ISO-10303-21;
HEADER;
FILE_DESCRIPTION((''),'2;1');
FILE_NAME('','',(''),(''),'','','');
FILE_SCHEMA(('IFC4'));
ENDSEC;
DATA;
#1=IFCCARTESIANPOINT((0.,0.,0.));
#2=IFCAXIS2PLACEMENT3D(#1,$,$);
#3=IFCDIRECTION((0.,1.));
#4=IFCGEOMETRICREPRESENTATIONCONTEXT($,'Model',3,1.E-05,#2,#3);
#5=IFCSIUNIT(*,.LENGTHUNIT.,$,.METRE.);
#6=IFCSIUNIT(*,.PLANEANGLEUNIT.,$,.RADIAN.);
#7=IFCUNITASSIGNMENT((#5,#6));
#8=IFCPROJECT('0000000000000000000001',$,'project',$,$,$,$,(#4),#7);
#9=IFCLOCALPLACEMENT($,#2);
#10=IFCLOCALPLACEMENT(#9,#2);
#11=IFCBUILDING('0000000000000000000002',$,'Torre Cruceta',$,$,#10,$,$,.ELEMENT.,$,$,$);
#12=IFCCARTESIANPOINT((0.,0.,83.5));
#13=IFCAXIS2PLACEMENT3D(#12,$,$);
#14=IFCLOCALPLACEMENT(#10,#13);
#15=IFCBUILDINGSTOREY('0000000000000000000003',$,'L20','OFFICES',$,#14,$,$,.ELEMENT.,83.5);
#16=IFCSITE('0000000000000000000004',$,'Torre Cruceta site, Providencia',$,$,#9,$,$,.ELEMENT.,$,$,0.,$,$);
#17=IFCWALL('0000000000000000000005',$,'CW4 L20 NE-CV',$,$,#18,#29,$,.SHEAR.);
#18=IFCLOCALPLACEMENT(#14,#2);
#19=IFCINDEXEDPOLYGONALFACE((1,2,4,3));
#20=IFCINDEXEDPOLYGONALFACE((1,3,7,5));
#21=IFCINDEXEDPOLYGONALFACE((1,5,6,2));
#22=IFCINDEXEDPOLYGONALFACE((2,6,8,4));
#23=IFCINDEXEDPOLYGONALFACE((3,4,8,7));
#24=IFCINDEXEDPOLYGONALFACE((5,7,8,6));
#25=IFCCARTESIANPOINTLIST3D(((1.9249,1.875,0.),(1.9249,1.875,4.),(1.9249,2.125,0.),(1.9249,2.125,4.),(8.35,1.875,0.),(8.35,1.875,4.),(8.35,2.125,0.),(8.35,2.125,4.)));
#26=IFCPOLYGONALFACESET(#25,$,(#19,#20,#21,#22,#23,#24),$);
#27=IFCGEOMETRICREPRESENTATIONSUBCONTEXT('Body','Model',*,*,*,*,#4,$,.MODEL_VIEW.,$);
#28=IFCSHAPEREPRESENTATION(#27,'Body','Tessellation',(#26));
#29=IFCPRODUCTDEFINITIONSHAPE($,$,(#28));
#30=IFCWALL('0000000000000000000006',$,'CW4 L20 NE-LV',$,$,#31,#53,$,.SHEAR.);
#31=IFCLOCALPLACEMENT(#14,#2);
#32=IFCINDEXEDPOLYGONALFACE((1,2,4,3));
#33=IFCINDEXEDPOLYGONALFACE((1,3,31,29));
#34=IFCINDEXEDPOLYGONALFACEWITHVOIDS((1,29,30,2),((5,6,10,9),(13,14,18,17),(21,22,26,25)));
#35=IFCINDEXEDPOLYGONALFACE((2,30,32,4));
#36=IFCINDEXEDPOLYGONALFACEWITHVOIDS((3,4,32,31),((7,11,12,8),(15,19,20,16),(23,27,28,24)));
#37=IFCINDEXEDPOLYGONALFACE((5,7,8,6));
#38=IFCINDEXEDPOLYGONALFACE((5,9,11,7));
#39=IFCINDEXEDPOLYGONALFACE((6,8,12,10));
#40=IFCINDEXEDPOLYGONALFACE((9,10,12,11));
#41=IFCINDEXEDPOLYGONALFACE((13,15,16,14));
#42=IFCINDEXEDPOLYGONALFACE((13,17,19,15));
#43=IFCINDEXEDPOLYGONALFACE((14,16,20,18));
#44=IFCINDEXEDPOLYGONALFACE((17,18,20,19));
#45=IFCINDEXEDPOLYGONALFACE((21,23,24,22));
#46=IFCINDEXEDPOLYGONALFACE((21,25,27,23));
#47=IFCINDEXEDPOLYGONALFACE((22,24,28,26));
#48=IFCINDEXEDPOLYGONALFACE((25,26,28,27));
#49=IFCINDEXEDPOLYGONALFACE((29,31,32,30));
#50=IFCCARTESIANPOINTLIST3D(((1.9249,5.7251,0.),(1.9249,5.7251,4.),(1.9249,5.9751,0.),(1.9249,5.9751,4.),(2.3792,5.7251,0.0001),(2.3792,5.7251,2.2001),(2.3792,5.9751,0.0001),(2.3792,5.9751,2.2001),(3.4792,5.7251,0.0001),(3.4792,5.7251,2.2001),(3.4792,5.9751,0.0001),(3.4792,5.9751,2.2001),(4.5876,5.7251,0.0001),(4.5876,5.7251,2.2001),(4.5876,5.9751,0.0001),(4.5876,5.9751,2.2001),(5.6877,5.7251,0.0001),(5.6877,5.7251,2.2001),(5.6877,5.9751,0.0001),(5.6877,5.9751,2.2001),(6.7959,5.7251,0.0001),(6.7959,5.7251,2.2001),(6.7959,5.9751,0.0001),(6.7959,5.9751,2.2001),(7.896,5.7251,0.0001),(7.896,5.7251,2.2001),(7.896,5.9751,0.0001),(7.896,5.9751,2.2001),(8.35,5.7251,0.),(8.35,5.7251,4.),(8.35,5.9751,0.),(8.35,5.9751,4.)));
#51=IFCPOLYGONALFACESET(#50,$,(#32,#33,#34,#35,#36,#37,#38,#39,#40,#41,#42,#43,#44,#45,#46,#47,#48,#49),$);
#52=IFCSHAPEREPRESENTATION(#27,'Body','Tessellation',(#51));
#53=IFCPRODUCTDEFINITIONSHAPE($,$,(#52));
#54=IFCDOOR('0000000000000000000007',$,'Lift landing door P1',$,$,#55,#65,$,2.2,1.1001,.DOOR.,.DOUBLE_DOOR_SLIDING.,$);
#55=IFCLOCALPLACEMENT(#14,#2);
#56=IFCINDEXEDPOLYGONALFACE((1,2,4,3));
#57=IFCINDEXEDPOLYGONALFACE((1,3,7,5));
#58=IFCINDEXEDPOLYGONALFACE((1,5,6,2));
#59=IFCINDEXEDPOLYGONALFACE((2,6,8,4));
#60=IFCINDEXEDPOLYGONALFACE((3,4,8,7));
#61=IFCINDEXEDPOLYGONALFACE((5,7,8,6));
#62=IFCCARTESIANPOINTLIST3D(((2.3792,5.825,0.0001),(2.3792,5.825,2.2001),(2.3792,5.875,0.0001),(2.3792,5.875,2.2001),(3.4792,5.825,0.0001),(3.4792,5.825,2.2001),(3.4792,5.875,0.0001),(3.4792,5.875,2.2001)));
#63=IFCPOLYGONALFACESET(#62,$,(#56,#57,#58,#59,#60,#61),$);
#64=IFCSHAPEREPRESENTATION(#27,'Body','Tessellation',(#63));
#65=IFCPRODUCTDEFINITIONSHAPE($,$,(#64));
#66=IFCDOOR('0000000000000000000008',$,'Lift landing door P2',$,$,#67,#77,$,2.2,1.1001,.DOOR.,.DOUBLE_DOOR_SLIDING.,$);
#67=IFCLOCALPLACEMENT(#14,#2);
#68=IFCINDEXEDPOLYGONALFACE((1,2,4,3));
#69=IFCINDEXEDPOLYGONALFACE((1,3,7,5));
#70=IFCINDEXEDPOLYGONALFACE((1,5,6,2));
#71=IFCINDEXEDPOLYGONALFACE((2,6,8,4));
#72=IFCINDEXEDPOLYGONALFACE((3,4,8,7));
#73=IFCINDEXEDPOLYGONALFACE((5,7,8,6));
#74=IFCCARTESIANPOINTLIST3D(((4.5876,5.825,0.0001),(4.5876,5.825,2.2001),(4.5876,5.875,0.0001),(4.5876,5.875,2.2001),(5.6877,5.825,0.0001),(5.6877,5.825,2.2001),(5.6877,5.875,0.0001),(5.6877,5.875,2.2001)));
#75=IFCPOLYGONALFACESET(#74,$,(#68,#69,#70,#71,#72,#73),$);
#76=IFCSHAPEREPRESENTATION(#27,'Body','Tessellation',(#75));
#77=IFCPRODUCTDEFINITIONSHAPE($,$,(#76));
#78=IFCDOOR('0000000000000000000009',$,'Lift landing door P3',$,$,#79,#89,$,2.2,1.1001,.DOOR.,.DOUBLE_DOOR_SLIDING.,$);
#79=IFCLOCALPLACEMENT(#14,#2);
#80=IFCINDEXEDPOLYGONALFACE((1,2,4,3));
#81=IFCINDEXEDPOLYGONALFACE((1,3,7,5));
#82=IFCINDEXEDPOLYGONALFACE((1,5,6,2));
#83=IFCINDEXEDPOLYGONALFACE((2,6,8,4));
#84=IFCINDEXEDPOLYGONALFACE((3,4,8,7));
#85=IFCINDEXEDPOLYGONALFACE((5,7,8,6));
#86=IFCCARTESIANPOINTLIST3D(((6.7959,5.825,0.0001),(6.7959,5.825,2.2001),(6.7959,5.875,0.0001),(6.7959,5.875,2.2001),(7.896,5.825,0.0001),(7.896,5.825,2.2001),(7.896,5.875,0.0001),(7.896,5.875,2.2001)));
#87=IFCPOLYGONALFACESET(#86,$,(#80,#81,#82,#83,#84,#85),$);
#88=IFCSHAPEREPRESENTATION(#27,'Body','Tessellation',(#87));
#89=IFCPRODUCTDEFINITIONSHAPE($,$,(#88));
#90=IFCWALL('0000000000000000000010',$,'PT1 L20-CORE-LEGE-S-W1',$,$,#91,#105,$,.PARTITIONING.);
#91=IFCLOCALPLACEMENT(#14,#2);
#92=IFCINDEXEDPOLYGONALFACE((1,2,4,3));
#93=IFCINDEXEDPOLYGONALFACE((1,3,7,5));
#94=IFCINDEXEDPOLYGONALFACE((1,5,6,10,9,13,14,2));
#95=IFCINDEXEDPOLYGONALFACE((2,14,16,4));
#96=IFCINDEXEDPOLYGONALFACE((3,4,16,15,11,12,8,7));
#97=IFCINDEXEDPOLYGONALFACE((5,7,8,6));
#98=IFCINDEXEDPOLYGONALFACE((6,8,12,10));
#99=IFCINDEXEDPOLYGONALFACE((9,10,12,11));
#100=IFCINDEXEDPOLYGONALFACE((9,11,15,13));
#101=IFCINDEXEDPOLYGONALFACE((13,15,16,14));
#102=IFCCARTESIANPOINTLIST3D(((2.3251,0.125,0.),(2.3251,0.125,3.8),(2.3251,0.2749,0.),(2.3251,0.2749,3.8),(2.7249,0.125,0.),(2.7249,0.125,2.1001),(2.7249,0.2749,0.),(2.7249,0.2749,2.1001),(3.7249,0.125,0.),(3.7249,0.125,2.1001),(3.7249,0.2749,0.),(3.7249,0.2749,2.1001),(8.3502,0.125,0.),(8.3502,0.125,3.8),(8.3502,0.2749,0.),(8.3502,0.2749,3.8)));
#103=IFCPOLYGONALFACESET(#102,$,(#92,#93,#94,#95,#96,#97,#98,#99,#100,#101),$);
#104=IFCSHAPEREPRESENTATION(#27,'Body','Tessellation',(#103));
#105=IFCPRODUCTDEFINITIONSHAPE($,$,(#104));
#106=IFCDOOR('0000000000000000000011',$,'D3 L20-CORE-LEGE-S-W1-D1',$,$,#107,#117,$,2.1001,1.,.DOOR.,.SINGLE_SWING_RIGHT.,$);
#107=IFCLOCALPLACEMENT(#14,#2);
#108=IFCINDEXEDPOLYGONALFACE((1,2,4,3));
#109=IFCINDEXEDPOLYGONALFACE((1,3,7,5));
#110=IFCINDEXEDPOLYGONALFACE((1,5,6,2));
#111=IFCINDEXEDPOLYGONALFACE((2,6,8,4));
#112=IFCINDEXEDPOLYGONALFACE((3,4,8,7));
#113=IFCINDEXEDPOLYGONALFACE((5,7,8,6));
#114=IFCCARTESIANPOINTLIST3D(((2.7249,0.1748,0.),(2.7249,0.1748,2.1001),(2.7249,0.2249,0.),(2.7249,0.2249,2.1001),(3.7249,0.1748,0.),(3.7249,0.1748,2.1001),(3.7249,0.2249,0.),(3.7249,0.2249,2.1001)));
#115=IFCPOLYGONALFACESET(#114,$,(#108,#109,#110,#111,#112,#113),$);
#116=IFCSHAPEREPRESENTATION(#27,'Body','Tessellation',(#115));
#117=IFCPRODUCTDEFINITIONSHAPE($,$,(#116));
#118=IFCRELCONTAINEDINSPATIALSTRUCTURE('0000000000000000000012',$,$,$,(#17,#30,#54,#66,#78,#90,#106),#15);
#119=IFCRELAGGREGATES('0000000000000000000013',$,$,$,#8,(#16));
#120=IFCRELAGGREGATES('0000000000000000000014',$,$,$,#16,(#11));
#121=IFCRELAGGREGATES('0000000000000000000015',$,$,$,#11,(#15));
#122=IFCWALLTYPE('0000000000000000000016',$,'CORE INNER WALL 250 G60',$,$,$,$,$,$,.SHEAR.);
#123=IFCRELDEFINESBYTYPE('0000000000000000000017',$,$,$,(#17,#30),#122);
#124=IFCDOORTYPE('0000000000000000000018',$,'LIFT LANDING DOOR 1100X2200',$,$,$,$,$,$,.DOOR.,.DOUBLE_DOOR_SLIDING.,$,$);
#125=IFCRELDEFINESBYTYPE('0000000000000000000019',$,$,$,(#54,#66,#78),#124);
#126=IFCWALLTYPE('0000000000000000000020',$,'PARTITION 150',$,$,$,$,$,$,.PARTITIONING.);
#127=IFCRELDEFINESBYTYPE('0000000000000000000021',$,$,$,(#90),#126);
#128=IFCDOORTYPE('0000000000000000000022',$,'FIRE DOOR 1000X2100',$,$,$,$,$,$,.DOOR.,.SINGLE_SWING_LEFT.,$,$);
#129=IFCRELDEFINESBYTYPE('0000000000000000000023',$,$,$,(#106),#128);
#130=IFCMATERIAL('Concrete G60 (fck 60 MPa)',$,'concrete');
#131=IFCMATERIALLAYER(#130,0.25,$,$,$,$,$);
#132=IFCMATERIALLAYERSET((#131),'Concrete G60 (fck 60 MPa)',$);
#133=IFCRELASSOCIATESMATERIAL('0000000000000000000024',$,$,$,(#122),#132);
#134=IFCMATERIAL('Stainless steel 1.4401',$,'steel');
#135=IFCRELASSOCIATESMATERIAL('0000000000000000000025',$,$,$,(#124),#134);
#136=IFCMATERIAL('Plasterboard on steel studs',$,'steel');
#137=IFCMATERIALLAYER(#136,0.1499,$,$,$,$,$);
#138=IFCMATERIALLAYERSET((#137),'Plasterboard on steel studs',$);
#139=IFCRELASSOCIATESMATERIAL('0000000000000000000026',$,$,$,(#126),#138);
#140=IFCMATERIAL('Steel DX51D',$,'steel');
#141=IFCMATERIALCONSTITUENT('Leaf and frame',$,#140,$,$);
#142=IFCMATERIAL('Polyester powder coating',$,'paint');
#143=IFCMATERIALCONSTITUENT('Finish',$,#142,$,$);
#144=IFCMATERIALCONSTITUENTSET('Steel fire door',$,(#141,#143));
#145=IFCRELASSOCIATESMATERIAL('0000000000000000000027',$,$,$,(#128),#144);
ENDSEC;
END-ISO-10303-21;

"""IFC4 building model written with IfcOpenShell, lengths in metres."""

from ifc_helpers import new_model, si_unit, direction, frame, frame_2d, origin, place, context, subcontext, project, spatial, rectangle, extrude, material, layer, layer_set, constituent, constituent_set, type_object, element, fill, save


model = new_model("IFC4")

# Units and contexts
model_context = context("Model", 3, precision=1e-05, world=origin(), true_north=direction((0.0, 1.0)))
body_context = subcontext(model_context, "Body", "Model", "MODEL_VIEW")
ifc_project = project(units=[si_unit("LENGTHUNIT", "METRE"), si_unit("PLANEANGLEUNIT", "RADIAN")], contexts=[model_context])

# Site, building, storey
site_placement = place(None, origin())
site = spatial("IfcSite", under=ifc_project, at=site_placement, Name="Torre Cruceta site, Providencia", CompositionType="ELEMENT", RefElevation=0.0)
building_placement = place(site_placement, origin())
building = spatial("IfcBuilding", under=site, at=building_placement, Name="Torre Cruceta", CompositionType="ELEMENT")
storey_placement = place(building_placement, frame((0.0, 0.0, 83.5)))
storey = spatial("IfcBuildingStorey", under=building, at=storey_placement, Name="L20", Description="OFFICES", CompositionType="ELEMENT", Elevation=83.5)

# Shared definitions
ifc_material_1 = material(Name="Concrete G60 (fck 60 MPa)", Category="concrete")
ifc_layer_1 = layer(ifc_material_1, 0.25)
ifc_layer_set_1 = layer_set([ifc_layer_1], Name="Concrete G60 (fck 60 MPa)")
wall_type_1 = type_object("IfcWallType", Name="CORE INNER WALL 250 G60", PredefinedType="SHEAR", material=ifc_layer_set_1)

# Wall
wall_1_placement = place(storey_placement, frame((1.925, 2.0, 0.0), z_axis=(0.0, 0.0, 1.0), x_axis=(1.0, 0.0, 0.0)))
element("IfcWall", 1, at=wall_1_placement, inside=storey, type_object=wall_type_1, Name="CW4 L20 NE-CV", PredefinedType="SHEAR", context=body_context, shape_type="SweptSolid", body=[
    extrude(rectangle(XDim=6.425, YDim=0.25, at=frame_2d((3.2124, 0.0))), origin(), (0.0, 0.0, 1.0), 4.0),
])

# Wall, openings, doors
wall_2_placement = place(storey_placement, frame((1.925, 5.8501, 0.0), z_axis=(0.0, 0.0, 1.0), x_axis=(1.0, 0.0, 0.0)))
wall_2 = element("IfcWall", 2, at=wall_2_placement, inside=storey, type_object=wall_type_1, Name="CW4 L20 NE-LV", PredefinedType="SHEAR", context=body_context, shape_type="SweptSolid", body=[
    extrude(rectangle(XDim=6.425, YDim=0.25, at=frame_2d((3.2124, 0.0))), origin(), (0.0, 0.0, 1.0), 4.0),
])
opening_1_placement = place(wall_2_placement, frame((0.4541, 0.0, 0.0)))
opening_1 = element("IfcOpeningElement", 3, at=opening_1_placement, cuts=wall_2, PredefinedType="OPENING", context=body_context, shape_type="SweptSolid", body=[
    extrude(rectangle(XDim=1.1001, YDim=2.2, at=frame_2d((0.55, 1.1001))), frame((0.0, 0.135, 0.0), z_axis=(0.0, -1.0, 0.0), x_axis=(1.0, 0.0, 0.0)), (0.0, 0.0, 1.0), 0.27),
])
opening_2_placement = place(wall_2_placement, frame((2.6626, 0.0, 0.0)))
opening_2 = element("IfcOpeningElement", 4, at=opening_2_placement, cuts=wall_2, PredefinedType="OPENING", context=body_context, shape_type="SweptSolid", body=[
    extrude(rectangle(XDim=1.1001, YDim=2.2, at=frame_2d((0.55, 1.1001))), frame((0.0, 0.135, 0.0), z_axis=(0.0, -1.0, 0.0), x_axis=(1.0, 0.0, 0.0)), (0.0, 0.0, 1.0), 0.27),
])
opening_3_placement = place(wall_2_placement, frame((4.8708, 0.0, 0.0)))
opening_3 = element("IfcOpeningElement", 5, at=opening_3_placement, cuts=wall_2, PredefinedType="OPENING", context=body_context, shape_type="SweptSolid", body=[
    extrude(rectangle(XDim=1.1001, YDim=2.2, at=frame_2d((0.55, 1.1001))), frame((0.0, 0.135, 0.0), z_axis=(0.0, -1.0, 0.0), x_axis=(1.0, 0.0, 0.0)), (0.0, 0.0, 1.0), 0.27),
])
ifc_material_2 = material(Name="Stainless steel 1.4401", Category="steel")
door_type_1 = type_object("IfcDoorType", Name="LIFT LANDING DOOR 1100X2200", OperationType="DOUBLE_DOOR_SLIDING", PredefinedType="DOOR", material=ifc_material_2)
door_1_placement = place(opening_1_placement, origin())
door_1 = element("IfcDoor", 6, at=door_1_placement, inside=storey, type_object=door_type_1, Name="Lift landing door P1", OperationType="DOUBLE_DOOR_SLIDING", OverallHeight=2.2, OverallWidth=1.1001, PredefinedType="DOOR", context=body_context, shape_type="SweptSolid", body=[
    extrude(rectangle(XDim=1.1001, YDim=2.2, at=frame_2d((0.55, 1.1001))), frame((0.0, 0.0249, 0.0), z_axis=(0.0, -1.0, 0.0), x_axis=(1.0, 0.0, 0.0)), (0.0, 0.0, 1.0), 0.05),
])
fill(opening_1, door_1)
door_2_placement = place(opening_2_placement, origin())
door_2 = element("IfcDoor", 7, at=door_2_placement, inside=storey, type_object=door_type_1, Name="Lift landing door P2", OperationType="DOUBLE_DOOR_SLIDING", OverallHeight=2.2, OverallWidth=1.1001, PredefinedType="DOOR", context=body_context, shape_type="SweptSolid", body=[
    extrude(rectangle(XDim=1.1001, YDim=2.2, at=frame_2d((0.55, 1.1001))), frame((0.0, 0.0249, 0.0), z_axis=(0.0, -1.0, 0.0), x_axis=(1.0, 0.0, 0.0)), (0.0, 0.0, 1.0), 0.05),
])
fill(opening_2, door_2)
door_3_placement = place(opening_3_placement, origin())
door_3 = element("IfcDoor", 8, at=door_3_placement, inside=storey, type_object=door_type_1, Name="Lift landing door P3", OperationType="DOUBLE_DOOR_SLIDING", OverallHeight=2.2, OverallWidth=1.1001, PredefinedType="DOOR", context=body_context, shape_type="SweptSolid", body=[
    extrude(rectangle(XDim=1.1001, YDim=2.2, at=frame_2d((0.55, 1.1001))), frame((0.0, 0.0249, 0.0), z_axis=(0.0, -1.0, 0.0), x_axis=(1.0, 0.0, 0.0)), (0.0, 0.0, 1.0), 0.05),
])
fill(opening_3, door_3)

# Wall, opening, door
ifc_material_3 = material(Name="Plasterboard on steel studs", Category="steel")
ifc_layer_2 = layer(ifc_material_3, 0.1499)
ifc_layer_set_2 = layer_set([ifc_layer_2], Name="Plasterboard on steel studs")
wall_type_2 = type_object("IfcWallType", Name="PARTITION 150", PredefinedType="PARTITIONING", material=ifc_layer_set_2)
wall_3_placement = place(storey_placement, frame((2.325, 0.2, 0.0), z_axis=(0.0, 0.0, 1.0), x_axis=(1.0, 0.0, 0.0)))
wall_3 = element("IfcWall", 9, at=wall_3_placement, inside=storey, type_object=wall_type_2, Name="PT1 L20-CORE-LEGE-S-W1", PredefinedType="PARTITIONING", context=body_context, shape_type="SweptSolid", body=[
    extrude(rectangle(XDim=6.0251, YDim=0.1499, at=frame_2d((3.0127, 0.0))), origin(), (0.0, 0.0, 1.0), 3.8),
])
opening_4_placement = place(wall_3_placement, frame((0.3999, 0.0, 0.0)))
opening_4 = element("IfcOpeningElement", 10, at=opening_4_placement, cuts=wall_3, PredefinedType="OPENING", context=body_context, shape_type="SweptSolid", body=[
    extrude(rectangle(XDim=1.0, YDim=2.1001, at=frame_2d((0.5, 1.05))), frame((0.0, 0.085, 0.0), z_axis=(0.0, -1.0, 0.0), x_axis=(1.0, 0.0, 0.0)), (0.0, 0.0, 1.0), 0.1699),
])
ifc_material_4 = material(Name="Steel DX51D", Category="steel")
ifc_constituent_1 = constituent(ifc_material_4, Name="Leaf and frame")
ifc_material_5 = material(Name="Polyester powder coating", Category="paint")
ifc_constituent_2 = constituent(ifc_material_5, Name="Finish")
ifc_constituent_set_1 = constituent_set(constituents=[ifc_constituent_1, ifc_constituent_2], Name="Steel fire door")
door_type_2 = type_object("IfcDoorType", Name="FIRE DOOR 1000X2100", OperationType="SINGLE_SWING_LEFT", PredefinedType="DOOR", material=ifc_constituent_set_1)
door_4_placement = place(opening_4_placement, frame((1.0, 0.0, 0.0), z_axis=(0.0, 0.0, 1.0), x_axis=(-1.0, 0.0, 0.0)))
door_4 = element("IfcDoor", 11, at=door_4_placement, inside=storey, type_object=door_type_2, Name="D3 L20-CORE-LEGE-S-W1-D1", OperationType="SINGLE_SWING_RIGHT", OverallHeight=2.1001, OverallWidth=1.0, PredefinedType="DOOR", context=body_context, shape_type="SweptSolid", body=[
    extrude(rectangle(XDim=1.0, YDim=2.1001, at=frame_2d((0.5, 1.05))), frame((0.0, 0.0251, 0.0), z_axis=(0.0, -1.0, 0.0), x_axis=(1.0, 0.0, 0.0)), (0.0, 0.0, 1.0), 0.05),
])
fill(opening_4, door_4)

save(model, "model.ifc")
